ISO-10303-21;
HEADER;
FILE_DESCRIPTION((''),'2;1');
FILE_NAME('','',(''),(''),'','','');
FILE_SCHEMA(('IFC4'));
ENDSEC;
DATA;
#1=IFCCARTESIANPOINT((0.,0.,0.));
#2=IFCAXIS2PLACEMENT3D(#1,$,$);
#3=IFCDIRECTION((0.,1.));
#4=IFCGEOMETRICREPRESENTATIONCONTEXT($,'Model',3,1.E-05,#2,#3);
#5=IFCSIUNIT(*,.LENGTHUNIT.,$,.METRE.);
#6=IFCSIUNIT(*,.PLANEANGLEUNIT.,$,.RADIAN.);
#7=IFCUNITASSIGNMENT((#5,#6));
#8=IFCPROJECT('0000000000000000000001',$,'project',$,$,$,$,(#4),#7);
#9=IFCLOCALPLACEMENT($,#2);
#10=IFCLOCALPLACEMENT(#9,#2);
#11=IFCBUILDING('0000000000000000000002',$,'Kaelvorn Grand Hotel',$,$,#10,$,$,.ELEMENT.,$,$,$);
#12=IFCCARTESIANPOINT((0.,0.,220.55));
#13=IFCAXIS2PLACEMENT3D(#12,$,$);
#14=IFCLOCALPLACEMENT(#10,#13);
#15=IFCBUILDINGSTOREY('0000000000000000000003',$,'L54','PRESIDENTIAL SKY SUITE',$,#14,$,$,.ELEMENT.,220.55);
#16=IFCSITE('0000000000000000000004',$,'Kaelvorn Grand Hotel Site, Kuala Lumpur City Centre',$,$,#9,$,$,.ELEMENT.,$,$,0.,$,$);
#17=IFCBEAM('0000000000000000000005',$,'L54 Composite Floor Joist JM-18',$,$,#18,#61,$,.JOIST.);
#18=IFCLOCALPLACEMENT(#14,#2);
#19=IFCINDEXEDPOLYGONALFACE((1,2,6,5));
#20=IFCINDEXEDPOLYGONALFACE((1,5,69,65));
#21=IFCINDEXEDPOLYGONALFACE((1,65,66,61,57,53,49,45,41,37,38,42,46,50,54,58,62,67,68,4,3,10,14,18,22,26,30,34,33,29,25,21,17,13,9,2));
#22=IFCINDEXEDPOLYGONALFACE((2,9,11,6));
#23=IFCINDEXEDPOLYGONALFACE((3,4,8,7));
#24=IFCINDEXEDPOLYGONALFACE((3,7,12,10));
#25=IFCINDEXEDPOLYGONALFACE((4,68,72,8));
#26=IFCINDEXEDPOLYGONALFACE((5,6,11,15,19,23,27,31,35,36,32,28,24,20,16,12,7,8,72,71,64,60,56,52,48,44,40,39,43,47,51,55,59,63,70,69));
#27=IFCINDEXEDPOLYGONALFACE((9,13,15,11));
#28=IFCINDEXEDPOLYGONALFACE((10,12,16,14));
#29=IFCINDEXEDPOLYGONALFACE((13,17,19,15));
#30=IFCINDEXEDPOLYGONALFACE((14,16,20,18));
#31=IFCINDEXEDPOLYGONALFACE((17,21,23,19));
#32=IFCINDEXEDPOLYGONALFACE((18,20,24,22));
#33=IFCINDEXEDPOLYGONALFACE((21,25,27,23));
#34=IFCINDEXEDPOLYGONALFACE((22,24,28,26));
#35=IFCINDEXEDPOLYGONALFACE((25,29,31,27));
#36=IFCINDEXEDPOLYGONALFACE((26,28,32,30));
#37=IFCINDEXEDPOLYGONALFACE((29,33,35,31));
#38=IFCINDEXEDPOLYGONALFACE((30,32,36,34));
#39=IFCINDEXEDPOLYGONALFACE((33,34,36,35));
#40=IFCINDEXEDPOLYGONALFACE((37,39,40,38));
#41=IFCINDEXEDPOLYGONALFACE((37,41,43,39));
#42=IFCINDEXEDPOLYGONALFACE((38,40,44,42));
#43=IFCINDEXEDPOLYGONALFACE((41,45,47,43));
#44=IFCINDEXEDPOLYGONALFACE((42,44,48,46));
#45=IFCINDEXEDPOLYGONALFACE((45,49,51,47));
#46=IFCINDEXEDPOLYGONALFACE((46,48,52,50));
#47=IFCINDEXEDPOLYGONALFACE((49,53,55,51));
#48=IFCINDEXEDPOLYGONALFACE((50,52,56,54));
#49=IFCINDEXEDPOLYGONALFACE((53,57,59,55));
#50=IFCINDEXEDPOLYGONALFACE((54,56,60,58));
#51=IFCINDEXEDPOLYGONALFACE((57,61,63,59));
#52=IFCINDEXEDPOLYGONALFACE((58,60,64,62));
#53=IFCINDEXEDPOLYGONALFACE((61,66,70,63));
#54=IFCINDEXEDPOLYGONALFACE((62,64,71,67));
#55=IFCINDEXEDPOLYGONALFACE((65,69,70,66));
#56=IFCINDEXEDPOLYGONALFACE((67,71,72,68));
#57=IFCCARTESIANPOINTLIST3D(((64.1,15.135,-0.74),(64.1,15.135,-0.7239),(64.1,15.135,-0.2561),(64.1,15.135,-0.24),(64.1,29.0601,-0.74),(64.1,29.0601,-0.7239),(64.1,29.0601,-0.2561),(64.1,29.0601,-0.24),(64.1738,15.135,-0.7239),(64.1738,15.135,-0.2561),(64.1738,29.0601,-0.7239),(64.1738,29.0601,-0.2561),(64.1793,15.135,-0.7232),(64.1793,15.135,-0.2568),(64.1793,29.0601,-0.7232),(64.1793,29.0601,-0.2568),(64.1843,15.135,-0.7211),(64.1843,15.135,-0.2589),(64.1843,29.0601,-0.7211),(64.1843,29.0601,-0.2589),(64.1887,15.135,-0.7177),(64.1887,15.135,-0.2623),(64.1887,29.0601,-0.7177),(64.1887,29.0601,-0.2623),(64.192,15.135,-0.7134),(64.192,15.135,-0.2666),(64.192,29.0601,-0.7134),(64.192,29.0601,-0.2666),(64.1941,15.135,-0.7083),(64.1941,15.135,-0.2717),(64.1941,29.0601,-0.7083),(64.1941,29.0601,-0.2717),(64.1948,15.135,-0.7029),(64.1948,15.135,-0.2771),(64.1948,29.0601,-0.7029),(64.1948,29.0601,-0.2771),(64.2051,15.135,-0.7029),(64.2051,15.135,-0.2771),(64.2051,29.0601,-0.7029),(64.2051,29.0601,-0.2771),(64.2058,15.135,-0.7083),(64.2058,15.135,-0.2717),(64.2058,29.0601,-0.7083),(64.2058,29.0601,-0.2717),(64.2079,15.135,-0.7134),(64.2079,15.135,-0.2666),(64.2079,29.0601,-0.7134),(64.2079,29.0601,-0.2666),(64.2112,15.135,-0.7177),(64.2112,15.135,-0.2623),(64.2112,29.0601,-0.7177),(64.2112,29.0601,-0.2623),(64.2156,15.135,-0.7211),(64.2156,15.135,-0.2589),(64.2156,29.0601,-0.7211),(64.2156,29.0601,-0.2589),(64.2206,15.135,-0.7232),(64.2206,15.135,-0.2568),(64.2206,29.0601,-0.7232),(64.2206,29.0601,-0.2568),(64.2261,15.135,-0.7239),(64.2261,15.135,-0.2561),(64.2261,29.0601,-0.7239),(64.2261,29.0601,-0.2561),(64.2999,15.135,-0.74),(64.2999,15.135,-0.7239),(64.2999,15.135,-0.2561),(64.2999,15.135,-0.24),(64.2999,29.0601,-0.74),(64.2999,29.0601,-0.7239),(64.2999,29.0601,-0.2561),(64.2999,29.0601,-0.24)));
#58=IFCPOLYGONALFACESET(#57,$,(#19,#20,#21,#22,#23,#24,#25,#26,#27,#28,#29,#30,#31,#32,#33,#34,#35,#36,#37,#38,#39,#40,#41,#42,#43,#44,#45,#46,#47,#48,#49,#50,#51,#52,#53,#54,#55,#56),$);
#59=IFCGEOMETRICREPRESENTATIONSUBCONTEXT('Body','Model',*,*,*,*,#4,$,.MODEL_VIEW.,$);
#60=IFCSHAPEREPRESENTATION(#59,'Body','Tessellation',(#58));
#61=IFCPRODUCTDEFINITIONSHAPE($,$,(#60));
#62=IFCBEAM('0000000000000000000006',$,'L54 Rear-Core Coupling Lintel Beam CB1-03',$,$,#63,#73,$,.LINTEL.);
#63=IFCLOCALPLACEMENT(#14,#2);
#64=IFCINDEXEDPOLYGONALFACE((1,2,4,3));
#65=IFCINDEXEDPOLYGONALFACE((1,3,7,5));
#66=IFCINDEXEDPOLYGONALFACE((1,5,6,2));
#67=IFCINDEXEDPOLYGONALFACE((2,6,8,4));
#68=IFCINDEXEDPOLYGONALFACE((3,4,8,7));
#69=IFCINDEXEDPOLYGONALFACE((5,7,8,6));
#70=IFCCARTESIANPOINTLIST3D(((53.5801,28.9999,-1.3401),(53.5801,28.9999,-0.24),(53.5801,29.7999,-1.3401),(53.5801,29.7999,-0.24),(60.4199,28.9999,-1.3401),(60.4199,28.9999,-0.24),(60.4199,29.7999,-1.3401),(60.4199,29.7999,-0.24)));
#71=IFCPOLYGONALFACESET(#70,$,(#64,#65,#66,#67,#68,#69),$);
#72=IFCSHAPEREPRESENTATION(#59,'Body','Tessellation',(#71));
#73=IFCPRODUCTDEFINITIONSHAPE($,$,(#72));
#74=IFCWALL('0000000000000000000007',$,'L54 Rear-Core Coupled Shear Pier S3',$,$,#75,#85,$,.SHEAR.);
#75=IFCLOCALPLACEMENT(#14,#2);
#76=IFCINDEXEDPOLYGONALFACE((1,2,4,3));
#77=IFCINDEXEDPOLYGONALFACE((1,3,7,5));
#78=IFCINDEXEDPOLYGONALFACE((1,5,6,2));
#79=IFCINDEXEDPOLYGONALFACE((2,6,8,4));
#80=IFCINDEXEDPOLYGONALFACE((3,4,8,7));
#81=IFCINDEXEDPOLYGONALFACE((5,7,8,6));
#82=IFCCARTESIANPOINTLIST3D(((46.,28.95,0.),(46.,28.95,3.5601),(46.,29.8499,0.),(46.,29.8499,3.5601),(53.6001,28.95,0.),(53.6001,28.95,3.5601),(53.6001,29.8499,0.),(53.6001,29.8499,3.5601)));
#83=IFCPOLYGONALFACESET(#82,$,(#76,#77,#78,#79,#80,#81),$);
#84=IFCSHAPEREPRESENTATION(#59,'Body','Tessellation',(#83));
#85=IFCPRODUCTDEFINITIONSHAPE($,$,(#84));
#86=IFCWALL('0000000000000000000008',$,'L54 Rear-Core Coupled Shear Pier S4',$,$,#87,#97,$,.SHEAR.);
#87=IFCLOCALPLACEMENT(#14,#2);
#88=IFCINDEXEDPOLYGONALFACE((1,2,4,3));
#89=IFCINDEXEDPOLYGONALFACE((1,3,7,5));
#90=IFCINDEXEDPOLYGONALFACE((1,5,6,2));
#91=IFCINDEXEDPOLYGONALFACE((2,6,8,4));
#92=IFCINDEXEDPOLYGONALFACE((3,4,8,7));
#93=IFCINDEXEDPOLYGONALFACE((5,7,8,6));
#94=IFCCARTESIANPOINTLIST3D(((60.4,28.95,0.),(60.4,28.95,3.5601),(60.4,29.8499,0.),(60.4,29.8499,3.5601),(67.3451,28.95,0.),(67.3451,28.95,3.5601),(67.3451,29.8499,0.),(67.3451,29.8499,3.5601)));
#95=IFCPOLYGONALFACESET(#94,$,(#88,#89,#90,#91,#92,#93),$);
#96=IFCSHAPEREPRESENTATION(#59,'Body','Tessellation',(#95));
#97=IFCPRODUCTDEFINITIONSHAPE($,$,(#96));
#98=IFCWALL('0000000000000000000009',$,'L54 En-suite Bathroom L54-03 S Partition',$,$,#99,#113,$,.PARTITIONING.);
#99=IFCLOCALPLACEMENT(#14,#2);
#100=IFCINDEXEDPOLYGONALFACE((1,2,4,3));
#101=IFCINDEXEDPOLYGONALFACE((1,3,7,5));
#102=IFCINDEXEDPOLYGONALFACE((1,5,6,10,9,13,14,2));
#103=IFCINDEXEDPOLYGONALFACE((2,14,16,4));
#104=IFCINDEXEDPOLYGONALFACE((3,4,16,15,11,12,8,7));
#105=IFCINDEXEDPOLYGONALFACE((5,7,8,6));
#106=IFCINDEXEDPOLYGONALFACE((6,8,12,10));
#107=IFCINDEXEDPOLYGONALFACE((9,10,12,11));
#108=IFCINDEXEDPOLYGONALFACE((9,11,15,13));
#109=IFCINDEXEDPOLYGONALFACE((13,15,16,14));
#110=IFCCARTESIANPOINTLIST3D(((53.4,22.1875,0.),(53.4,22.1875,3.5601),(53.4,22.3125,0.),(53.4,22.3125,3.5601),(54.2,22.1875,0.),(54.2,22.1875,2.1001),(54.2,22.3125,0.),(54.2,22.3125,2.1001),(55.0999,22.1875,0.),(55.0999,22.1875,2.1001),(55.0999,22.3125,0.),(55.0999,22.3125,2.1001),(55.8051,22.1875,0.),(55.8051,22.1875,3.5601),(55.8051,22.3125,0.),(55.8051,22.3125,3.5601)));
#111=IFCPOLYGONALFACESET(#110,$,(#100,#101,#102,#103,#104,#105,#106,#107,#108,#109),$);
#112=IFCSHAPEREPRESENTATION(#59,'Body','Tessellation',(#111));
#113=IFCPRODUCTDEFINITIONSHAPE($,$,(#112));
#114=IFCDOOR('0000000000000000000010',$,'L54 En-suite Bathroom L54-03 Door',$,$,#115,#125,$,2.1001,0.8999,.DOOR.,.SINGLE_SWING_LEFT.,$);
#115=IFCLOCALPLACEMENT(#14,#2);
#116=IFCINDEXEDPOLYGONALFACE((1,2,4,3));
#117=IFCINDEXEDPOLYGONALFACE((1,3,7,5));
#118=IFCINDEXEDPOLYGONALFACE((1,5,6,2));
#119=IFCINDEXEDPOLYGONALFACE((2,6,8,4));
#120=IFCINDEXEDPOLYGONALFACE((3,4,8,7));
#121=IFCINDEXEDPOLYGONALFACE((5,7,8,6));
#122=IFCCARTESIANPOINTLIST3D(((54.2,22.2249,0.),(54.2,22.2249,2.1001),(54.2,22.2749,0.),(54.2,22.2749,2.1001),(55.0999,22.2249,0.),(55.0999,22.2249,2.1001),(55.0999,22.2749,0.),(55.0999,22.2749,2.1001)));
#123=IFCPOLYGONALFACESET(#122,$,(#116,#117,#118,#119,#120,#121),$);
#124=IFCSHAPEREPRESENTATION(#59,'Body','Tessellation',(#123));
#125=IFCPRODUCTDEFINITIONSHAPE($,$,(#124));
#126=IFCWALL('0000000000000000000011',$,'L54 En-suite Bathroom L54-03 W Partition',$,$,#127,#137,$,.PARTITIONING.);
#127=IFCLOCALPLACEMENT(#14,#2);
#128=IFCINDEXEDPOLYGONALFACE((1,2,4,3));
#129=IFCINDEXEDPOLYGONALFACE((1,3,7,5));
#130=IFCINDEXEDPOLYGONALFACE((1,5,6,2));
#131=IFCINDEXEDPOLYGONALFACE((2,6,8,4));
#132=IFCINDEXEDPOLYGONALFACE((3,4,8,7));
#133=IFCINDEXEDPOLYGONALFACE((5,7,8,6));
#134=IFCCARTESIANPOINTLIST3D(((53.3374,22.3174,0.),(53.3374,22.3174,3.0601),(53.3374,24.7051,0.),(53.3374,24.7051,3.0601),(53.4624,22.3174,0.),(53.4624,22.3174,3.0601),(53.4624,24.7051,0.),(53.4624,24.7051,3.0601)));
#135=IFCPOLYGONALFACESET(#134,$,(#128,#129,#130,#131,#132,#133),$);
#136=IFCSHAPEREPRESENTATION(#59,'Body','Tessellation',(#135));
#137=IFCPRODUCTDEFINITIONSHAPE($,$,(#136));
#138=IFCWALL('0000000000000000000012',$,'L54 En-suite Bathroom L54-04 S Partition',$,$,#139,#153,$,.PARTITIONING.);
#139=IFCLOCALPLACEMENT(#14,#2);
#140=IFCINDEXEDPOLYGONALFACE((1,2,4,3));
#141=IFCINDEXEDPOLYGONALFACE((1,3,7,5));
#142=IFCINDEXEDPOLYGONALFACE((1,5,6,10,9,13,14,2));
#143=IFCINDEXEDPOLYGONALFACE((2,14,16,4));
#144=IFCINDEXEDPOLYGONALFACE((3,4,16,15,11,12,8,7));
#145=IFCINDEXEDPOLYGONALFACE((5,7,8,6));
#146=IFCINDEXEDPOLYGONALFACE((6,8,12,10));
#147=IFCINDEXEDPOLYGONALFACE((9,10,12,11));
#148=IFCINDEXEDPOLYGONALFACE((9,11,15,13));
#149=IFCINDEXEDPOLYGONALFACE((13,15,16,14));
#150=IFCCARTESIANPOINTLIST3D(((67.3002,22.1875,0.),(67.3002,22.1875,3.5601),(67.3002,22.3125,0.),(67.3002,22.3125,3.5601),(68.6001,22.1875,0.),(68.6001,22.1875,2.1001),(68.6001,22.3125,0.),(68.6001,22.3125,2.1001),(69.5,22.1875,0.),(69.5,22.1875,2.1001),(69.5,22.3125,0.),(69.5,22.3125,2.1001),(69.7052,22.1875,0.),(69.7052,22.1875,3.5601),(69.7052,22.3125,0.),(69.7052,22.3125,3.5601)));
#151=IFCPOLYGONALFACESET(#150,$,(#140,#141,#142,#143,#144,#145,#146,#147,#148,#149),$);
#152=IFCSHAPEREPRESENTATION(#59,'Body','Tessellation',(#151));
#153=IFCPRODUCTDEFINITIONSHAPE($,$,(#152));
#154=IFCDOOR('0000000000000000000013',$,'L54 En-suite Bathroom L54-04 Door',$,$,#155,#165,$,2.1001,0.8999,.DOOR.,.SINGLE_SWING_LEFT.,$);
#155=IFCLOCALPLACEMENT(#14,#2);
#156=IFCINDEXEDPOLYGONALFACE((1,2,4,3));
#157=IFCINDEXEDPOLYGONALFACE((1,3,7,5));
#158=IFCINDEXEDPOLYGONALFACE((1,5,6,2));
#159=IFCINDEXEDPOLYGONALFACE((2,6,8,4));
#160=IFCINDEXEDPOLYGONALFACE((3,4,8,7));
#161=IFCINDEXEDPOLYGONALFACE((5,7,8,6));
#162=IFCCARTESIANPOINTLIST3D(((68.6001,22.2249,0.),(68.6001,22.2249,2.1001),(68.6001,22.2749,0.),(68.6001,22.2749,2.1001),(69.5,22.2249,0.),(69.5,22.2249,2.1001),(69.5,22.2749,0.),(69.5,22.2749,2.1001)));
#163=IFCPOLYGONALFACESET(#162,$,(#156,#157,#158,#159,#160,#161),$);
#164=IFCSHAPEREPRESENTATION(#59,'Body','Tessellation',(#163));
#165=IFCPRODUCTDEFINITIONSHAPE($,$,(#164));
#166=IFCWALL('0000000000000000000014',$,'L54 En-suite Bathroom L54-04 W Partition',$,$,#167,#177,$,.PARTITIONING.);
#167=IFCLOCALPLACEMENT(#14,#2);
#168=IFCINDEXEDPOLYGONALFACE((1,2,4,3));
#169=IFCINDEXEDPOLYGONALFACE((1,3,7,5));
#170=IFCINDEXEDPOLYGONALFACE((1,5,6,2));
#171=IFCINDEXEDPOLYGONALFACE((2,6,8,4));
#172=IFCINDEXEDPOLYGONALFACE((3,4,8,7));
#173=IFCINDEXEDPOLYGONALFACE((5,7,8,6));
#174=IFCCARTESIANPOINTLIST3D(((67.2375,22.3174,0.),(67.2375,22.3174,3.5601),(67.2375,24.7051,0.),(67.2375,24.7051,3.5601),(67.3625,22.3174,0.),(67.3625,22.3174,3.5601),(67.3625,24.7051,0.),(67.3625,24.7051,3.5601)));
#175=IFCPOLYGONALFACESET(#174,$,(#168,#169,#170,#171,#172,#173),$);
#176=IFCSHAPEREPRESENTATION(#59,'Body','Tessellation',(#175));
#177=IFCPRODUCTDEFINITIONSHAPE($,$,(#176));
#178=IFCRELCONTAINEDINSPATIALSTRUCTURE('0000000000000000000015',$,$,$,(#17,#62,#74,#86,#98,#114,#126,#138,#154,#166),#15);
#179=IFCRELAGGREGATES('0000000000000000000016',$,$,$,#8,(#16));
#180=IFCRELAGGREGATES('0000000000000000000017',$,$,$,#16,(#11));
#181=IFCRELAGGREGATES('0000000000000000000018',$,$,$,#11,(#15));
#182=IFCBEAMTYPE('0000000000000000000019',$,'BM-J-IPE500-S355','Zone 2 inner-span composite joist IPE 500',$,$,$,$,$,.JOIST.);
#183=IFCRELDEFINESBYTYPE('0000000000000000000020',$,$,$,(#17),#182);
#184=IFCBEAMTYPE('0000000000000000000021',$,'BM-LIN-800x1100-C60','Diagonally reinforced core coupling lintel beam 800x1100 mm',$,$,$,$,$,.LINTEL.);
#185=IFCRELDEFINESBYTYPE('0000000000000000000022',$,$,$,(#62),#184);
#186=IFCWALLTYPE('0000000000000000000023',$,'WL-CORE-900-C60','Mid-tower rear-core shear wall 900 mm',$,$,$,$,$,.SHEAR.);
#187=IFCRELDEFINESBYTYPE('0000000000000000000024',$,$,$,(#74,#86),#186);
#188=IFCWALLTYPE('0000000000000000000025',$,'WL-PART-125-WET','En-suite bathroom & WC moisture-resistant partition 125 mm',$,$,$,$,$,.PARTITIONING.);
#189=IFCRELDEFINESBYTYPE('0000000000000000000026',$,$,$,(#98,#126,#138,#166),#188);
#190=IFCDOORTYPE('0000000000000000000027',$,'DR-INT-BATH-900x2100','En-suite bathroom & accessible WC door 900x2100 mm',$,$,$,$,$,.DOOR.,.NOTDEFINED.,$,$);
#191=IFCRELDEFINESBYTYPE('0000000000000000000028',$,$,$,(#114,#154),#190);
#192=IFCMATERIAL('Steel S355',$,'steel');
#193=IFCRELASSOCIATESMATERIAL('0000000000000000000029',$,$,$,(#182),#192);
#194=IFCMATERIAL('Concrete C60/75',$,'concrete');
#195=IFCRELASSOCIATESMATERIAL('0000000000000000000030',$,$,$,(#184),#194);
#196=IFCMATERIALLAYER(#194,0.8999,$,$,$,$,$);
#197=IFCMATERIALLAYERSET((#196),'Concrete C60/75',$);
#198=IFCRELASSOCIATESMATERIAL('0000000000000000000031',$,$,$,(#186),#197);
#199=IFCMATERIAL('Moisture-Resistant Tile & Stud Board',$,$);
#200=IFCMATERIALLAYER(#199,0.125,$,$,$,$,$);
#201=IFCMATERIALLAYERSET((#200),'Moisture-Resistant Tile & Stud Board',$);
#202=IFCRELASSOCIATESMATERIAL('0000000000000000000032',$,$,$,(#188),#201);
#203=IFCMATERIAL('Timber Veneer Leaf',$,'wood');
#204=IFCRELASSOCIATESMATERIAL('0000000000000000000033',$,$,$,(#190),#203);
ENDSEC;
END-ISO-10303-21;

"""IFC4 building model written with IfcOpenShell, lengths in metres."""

from ifc_helpers import new_model, si_unit, direction, frame, frame_2d, origin, origin_2d, place, context, subcontext, project, spatial, rectangle, i_section, extrude, material, layer, layer_set, material_profile, profile_set, type_object, element, fill, save


model = new_model("IFC4")

# Units and contexts
model_context = context("Model", 3, precision=1e-05, world=origin(), true_north=direction((0.0, 1.0)))
body_context = subcontext(model_context, "Body", "Model", "MODEL_VIEW")
ifc_project = project(units=[si_unit("LENGTHUNIT", "METRE"), si_unit("PLANEANGLEUNIT", "RADIAN")], contexts=[model_context])

# Site, building, storey
site_placement = place(None, origin())
site = spatial("IfcSite", under=ifc_project, at=site_placement, Name="Kaelvorn Grand Hotel Site, Kuala Lumpur City Centre", CompositionType="ELEMENT", RefElevation=0.0)
building_placement = place(site_placement, origin())
building = spatial("IfcBuilding", under=site, at=building_placement, Name="Kaelvorn Grand Hotel", CompositionType="ELEMENT")
storey_placement = place(building_placement, frame((0.0, 0.0, 220.55)))
storey = spatial("IfcBuildingStorey", under=building, at=storey_placement, Name="L54", Description="PRESIDENTIAL SKY SUITE", CompositionType="ELEMENT", Elevation=220.55)

# Shared definitions
ifc_material_1 = material(Name="Concrete C60/75", Category="concrete")

# Beams
ifc_material_2 = material(Name="Steel S355", Category="steel")
ifc_material_profile_1 = material_profile(ifc_material_2, i_section(OverallWidth=0.2, OverallDepth=0.5, WebThickness=0.0103, FlangeThickness=0.0161, FilletRadius=0.021, at=origin_2d()), Name="IPE 500")
ifc_profile_set_1 = profile_set([ifc_material_profile_1], Name="Steel S355")
beam_type_1 = type_object("IfcBeamType", Name="BM-J-IPE500-S355", Description="Zone 2 inner-span composite joist IPE 500", PredefinedType="JOIST", material=ifc_profile_set_1)
beam_1_placement = place(storey_placement, frame((64.2, 15.135, -0.49), z_axis=(0.0, 1.0, 0.0), x_axis=(-1.0, 0.0, 0.0)))
element("IfcBeam", 1, at=beam_1_placement, inside=storey, type_object=beam_type_1, Name="L54 Composite Floor Joist JM-18", PredefinedType="JOIST", context=body_context, shape_type="SweptSolid", body=[
    extrude(i_section(OverallWidth=0.2, OverallDepth=0.5, WebThickness=0.0103, FlangeThickness=0.0161, FilletRadius=0.021, at=origin_2d()), origin(), (0.0, 0.0, 1.0), 13.925),
])
ifc_material_profile_2 = material_profile(ifc_material_1, rectangle(XDim=0.8, YDim=1.1001, at=origin_2d()), Name="RC LINTEL 800x1100")
ifc_profile_set_2 = profile_set([ifc_material_profile_2], Name="Concrete C60/75")
beam_type_2 = type_object("IfcBeamType", Name="BM-LIN-800x1100-C60", Description="Diagonally reinforced core coupling lintel beam 800x1100 mm", PredefinedType="LINTEL", material=ifc_profile_set_2)
beam_2_placement = place(storey_placement, frame((53.5801, 29.3999, -0.79), z_axis=(1.0, 0.0, 0.0), x_axis=(0.0, 1.0, 0.0)))
element("IfcBeam", 2, at=beam_2_placement, inside=storey, type_object=beam_type_2, Name="L54 Rear-Core Coupling Lintel Beam CB1-03", PredefinedType="LINTEL", context=body_context, shape_type="SweptSolid", body=[
    extrude(rectangle(XDim=0.8, YDim=1.1001, at=origin_2d()), origin(), (0.0, 0.0, 1.0), 6.8398),
])

# Walls
ifc_layer_1 = layer(ifc_material_1, 0.8999)
ifc_layer_set_1 = layer_set([ifc_layer_1], Name="Concrete C60/75")
wall_type_1 = type_object("IfcWallType", Name="WL-CORE-900-C60", Description="Mid-tower rear-core shear wall 900 mm", PredefinedType="SHEAR", material=ifc_layer_set_1)
wall_1_placement = place(storey_placement, frame((46.0, 29.3999, 0.0), z_axis=(0.0, 0.0, 1.0), x_axis=(1.0, 0.0, 0.0)))
element("IfcWall", 3, at=wall_1_placement, inside=storey, type_object=wall_type_1, Name="L54 Rear-Core Coupled Shear Pier S3", PredefinedType="SHEAR", context=body_context, shape_type="SweptSolid", body=[
    extrude(rectangle(XDim=7.6001, YDim=0.8999, at=frame_2d((3.8, 0.0))), origin(), (0.0, 0.0, 1.0), 3.5601),
])
wall_2_placement = place(storey_placement, frame((60.3999, 29.3999, 0.0), z_axis=(0.0, 0.0, 1.0), x_axis=(1.0, 0.0, 0.0)))
element("IfcWall", 4, at=wall_2_placement, inside=storey, type_object=wall_type_1, Name="L54 Rear-Core Coupled Shear Pier S4", PredefinedType="SHEAR", context=body_context, shape_type="SweptSolid", body=[
    extrude(rectangle(XDim=6.9451, YDim=0.8999, at=frame_2d((3.4727, 0.0))), origin(), (0.0, 0.0, 1.0), 3.5601),
])

# Wall, opening, door
ifc_material_3 = material(Name="Moisture-Resistant Tile & Stud Board")
ifc_layer_2 = layer(ifc_material_3, 0.125)
ifc_layer_set_2 = layer_set([ifc_layer_2], Name="Moisture-Resistant Tile & Stud Board")
wall_type_2 = type_object("IfcWallType", Name="WL-PART-125-WET", Description="En-suite bathroom & WC moisture-resistant partition 125 mm", PredefinedType="PARTITIONING", material=ifc_layer_set_2)
wall_3_placement = place(storey_placement, frame((53.3999, 22.25, 0.0), z_axis=(0.0, 0.0, 1.0), x_axis=(1.0, 0.0, 0.0)))
wall_3 = element("IfcWall", 5, at=wall_3_placement, inside=storey, type_object=wall_type_2, Name="L54 En-suite Bathroom L54-03 S Partition", PredefinedType="PARTITIONING", context=body_context, shape_type="SweptSolid", body=[
    extrude(rectangle(XDim=2.405, YDim=0.125, at=frame_2d((1.2026, 0.0))), origin(), (0.0, 0.0, 1.0), 3.5601),
])
opening_1_placement = place(wall_3_placement, frame((0.8, 0.0, 0.0)))
opening_1 = element("IfcOpeningElement", 6, at=opening_1_placement, cuts=wall_3, PredefinedType="OPENING", context=body_context, shape_type="SweptSolid", body=[
    extrude(rectangle(XDim=0.8999, YDim=2.1001, at=frame_2d((0.45, 1.05))), frame((0.0, 0.0725, 0.0), z_axis=(0.0, -1.0, 0.0), x_axis=(1.0, 0.0, 0.0)), (0.0, 0.0, 1.0), 0.145),
])
ifc_material_4 = material(Name="Timber Veneer Leaf", Category="wood")
door_type_1 = type_object("IfcDoorType", Name="DR-INT-BATH-900x2100", Description="En-suite bathroom & accessible WC door 900x2100 mm", OperationType="NOTDEFINED", PredefinedType="DOOR", material=ifc_material_4)
door_1_placement = place(opening_1_placement, origin())
door_1 = element("IfcDoor", 7, at=door_1_placement, inside=storey, type_object=door_type_1, Name="L54 En-suite Bathroom L54-03 Door", OperationType="SINGLE_SWING_LEFT", OverallHeight=2.1001, OverallWidth=0.8999, PredefinedType="DOOR", context=body_context, shape_type="SweptSolid", body=[
    extrude(rectangle(XDim=0.8999, YDim=2.1001, at=frame_2d((0.45, 1.05))), frame((0.0, 0.0249, 0.0), z_axis=(0.0, -1.0, 0.0), x_axis=(1.0, 0.0, 0.0)), (0.0, 0.0, 1.0), 0.05),
])
fill(opening_1, door_1)

# Wall
wall_4_placement = place(storey_placement, frame((53.3999, 22.3174, 0.0), z_axis=(0.0, 0.0, 1.0), x_axis=(0.0, 1.0, 0.0)))
element("IfcWall", 8, at=wall_4_placement, inside=storey, type_object=wall_type_2, Name="L54 En-suite Bathroom L54-03 W Partition", PredefinedType="PARTITIONING", context=body_context, shape_type="SweptSolid", body=[
    extrude(rectangle(XDim=2.3877, YDim=0.125, at=frame_2d((1.1938, 0.0))), origin(), (0.0, 0.0, 1.0), 3.0601),
])

# Wall, opening, door
wall_5_placement = place(storey_placement, frame((67.3, 22.25, 0.0), z_axis=(0.0, 0.0, 1.0), x_axis=(1.0, 0.0, 0.0)))
wall_5 = element("IfcWall", 9, at=wall_5_placement, inside=storey, type_object=wall_type_2, Name="L54 En-suite Bathroom L54-04 S Partition", PredefinedType="PARTITIONING", context=body_context, shape_type="SweptSolid", body=[
    extrude(rectangle(XDim=2.405, YDim=0.125, at=frame_2d((1.2026, 0.0))), origin(), (0.0, 0.0, 1.0), 3.5601),
])
opening_2_placement = place(wall_5_placement, frame((1.3, 0.0, 0.0)))
opening_2 = element("IfcOpeningElement", 10, at=opening_2_placement, cuts=wall_5, PredefinedType="OPENING", context=body_context, shape_type="SweptSolid", body=[
    extrude(rectangle(XDim=0.8999, YDim=2.1001, at=frame_2d((0.45, 1.05))), frame((0.0, 0.0725, 0.0), z_axis=(0.0, -1.0, 0.0), x_axis=(1.0, 0.0, 0.0)), (0.0, 0.0, 1.0), 0.145),
])
door_2_placement = place(opening_2_placement, origin())
door_2 = element("IfcDoor", 11, at=door_2_placement, inside=storey, type_object=door_type_1, Name="L54 En-suite Bathroom L54-04 Door", OperationType="SINGLE_SWING_LEFT", OverallHeight=2.1001, OverallWidth=0.8999, PredefinedType="DOOR", context=body_context, shape_type="SweptSolid", body=[
    extrude(rectangle(XDim=0.8999, YDim=2.1001, at=frame_2d((0.45, 1.05))), frame((0.0, 0.0249, 0.0), z_axis=(0.0, -1.0, 0.0), x_axis=(1.0, 0.0, 0.0)), (0.0, 0.0, 1.0), 0.05),
])
fill(opening_2, door_2)

# Wall
wall_6_placement = place(storey_placement, frame((67.3, 22.3174, 0.0), z_axis=(0.0, 0.0, 1.0), x_axis=(0.0, 1.0, 0.0)))
element("IfcWall", 12, at=wall_6_placement, inside=storey, type_object=wall_type_2, Name="L54 En-suite Bathroom L54-04 W Partition", PredefinedType="PARTITIONING", context=body_context, shape_type="SweptSolid", body=[
    extrude(rectangle(XDim=2.3877, YDim=0.125, at=frame_2d((1.1938, 0.0))), origin(), (0.0, 0.0, 1.0), 3.5601),
])

save(model, "model.ifc")
